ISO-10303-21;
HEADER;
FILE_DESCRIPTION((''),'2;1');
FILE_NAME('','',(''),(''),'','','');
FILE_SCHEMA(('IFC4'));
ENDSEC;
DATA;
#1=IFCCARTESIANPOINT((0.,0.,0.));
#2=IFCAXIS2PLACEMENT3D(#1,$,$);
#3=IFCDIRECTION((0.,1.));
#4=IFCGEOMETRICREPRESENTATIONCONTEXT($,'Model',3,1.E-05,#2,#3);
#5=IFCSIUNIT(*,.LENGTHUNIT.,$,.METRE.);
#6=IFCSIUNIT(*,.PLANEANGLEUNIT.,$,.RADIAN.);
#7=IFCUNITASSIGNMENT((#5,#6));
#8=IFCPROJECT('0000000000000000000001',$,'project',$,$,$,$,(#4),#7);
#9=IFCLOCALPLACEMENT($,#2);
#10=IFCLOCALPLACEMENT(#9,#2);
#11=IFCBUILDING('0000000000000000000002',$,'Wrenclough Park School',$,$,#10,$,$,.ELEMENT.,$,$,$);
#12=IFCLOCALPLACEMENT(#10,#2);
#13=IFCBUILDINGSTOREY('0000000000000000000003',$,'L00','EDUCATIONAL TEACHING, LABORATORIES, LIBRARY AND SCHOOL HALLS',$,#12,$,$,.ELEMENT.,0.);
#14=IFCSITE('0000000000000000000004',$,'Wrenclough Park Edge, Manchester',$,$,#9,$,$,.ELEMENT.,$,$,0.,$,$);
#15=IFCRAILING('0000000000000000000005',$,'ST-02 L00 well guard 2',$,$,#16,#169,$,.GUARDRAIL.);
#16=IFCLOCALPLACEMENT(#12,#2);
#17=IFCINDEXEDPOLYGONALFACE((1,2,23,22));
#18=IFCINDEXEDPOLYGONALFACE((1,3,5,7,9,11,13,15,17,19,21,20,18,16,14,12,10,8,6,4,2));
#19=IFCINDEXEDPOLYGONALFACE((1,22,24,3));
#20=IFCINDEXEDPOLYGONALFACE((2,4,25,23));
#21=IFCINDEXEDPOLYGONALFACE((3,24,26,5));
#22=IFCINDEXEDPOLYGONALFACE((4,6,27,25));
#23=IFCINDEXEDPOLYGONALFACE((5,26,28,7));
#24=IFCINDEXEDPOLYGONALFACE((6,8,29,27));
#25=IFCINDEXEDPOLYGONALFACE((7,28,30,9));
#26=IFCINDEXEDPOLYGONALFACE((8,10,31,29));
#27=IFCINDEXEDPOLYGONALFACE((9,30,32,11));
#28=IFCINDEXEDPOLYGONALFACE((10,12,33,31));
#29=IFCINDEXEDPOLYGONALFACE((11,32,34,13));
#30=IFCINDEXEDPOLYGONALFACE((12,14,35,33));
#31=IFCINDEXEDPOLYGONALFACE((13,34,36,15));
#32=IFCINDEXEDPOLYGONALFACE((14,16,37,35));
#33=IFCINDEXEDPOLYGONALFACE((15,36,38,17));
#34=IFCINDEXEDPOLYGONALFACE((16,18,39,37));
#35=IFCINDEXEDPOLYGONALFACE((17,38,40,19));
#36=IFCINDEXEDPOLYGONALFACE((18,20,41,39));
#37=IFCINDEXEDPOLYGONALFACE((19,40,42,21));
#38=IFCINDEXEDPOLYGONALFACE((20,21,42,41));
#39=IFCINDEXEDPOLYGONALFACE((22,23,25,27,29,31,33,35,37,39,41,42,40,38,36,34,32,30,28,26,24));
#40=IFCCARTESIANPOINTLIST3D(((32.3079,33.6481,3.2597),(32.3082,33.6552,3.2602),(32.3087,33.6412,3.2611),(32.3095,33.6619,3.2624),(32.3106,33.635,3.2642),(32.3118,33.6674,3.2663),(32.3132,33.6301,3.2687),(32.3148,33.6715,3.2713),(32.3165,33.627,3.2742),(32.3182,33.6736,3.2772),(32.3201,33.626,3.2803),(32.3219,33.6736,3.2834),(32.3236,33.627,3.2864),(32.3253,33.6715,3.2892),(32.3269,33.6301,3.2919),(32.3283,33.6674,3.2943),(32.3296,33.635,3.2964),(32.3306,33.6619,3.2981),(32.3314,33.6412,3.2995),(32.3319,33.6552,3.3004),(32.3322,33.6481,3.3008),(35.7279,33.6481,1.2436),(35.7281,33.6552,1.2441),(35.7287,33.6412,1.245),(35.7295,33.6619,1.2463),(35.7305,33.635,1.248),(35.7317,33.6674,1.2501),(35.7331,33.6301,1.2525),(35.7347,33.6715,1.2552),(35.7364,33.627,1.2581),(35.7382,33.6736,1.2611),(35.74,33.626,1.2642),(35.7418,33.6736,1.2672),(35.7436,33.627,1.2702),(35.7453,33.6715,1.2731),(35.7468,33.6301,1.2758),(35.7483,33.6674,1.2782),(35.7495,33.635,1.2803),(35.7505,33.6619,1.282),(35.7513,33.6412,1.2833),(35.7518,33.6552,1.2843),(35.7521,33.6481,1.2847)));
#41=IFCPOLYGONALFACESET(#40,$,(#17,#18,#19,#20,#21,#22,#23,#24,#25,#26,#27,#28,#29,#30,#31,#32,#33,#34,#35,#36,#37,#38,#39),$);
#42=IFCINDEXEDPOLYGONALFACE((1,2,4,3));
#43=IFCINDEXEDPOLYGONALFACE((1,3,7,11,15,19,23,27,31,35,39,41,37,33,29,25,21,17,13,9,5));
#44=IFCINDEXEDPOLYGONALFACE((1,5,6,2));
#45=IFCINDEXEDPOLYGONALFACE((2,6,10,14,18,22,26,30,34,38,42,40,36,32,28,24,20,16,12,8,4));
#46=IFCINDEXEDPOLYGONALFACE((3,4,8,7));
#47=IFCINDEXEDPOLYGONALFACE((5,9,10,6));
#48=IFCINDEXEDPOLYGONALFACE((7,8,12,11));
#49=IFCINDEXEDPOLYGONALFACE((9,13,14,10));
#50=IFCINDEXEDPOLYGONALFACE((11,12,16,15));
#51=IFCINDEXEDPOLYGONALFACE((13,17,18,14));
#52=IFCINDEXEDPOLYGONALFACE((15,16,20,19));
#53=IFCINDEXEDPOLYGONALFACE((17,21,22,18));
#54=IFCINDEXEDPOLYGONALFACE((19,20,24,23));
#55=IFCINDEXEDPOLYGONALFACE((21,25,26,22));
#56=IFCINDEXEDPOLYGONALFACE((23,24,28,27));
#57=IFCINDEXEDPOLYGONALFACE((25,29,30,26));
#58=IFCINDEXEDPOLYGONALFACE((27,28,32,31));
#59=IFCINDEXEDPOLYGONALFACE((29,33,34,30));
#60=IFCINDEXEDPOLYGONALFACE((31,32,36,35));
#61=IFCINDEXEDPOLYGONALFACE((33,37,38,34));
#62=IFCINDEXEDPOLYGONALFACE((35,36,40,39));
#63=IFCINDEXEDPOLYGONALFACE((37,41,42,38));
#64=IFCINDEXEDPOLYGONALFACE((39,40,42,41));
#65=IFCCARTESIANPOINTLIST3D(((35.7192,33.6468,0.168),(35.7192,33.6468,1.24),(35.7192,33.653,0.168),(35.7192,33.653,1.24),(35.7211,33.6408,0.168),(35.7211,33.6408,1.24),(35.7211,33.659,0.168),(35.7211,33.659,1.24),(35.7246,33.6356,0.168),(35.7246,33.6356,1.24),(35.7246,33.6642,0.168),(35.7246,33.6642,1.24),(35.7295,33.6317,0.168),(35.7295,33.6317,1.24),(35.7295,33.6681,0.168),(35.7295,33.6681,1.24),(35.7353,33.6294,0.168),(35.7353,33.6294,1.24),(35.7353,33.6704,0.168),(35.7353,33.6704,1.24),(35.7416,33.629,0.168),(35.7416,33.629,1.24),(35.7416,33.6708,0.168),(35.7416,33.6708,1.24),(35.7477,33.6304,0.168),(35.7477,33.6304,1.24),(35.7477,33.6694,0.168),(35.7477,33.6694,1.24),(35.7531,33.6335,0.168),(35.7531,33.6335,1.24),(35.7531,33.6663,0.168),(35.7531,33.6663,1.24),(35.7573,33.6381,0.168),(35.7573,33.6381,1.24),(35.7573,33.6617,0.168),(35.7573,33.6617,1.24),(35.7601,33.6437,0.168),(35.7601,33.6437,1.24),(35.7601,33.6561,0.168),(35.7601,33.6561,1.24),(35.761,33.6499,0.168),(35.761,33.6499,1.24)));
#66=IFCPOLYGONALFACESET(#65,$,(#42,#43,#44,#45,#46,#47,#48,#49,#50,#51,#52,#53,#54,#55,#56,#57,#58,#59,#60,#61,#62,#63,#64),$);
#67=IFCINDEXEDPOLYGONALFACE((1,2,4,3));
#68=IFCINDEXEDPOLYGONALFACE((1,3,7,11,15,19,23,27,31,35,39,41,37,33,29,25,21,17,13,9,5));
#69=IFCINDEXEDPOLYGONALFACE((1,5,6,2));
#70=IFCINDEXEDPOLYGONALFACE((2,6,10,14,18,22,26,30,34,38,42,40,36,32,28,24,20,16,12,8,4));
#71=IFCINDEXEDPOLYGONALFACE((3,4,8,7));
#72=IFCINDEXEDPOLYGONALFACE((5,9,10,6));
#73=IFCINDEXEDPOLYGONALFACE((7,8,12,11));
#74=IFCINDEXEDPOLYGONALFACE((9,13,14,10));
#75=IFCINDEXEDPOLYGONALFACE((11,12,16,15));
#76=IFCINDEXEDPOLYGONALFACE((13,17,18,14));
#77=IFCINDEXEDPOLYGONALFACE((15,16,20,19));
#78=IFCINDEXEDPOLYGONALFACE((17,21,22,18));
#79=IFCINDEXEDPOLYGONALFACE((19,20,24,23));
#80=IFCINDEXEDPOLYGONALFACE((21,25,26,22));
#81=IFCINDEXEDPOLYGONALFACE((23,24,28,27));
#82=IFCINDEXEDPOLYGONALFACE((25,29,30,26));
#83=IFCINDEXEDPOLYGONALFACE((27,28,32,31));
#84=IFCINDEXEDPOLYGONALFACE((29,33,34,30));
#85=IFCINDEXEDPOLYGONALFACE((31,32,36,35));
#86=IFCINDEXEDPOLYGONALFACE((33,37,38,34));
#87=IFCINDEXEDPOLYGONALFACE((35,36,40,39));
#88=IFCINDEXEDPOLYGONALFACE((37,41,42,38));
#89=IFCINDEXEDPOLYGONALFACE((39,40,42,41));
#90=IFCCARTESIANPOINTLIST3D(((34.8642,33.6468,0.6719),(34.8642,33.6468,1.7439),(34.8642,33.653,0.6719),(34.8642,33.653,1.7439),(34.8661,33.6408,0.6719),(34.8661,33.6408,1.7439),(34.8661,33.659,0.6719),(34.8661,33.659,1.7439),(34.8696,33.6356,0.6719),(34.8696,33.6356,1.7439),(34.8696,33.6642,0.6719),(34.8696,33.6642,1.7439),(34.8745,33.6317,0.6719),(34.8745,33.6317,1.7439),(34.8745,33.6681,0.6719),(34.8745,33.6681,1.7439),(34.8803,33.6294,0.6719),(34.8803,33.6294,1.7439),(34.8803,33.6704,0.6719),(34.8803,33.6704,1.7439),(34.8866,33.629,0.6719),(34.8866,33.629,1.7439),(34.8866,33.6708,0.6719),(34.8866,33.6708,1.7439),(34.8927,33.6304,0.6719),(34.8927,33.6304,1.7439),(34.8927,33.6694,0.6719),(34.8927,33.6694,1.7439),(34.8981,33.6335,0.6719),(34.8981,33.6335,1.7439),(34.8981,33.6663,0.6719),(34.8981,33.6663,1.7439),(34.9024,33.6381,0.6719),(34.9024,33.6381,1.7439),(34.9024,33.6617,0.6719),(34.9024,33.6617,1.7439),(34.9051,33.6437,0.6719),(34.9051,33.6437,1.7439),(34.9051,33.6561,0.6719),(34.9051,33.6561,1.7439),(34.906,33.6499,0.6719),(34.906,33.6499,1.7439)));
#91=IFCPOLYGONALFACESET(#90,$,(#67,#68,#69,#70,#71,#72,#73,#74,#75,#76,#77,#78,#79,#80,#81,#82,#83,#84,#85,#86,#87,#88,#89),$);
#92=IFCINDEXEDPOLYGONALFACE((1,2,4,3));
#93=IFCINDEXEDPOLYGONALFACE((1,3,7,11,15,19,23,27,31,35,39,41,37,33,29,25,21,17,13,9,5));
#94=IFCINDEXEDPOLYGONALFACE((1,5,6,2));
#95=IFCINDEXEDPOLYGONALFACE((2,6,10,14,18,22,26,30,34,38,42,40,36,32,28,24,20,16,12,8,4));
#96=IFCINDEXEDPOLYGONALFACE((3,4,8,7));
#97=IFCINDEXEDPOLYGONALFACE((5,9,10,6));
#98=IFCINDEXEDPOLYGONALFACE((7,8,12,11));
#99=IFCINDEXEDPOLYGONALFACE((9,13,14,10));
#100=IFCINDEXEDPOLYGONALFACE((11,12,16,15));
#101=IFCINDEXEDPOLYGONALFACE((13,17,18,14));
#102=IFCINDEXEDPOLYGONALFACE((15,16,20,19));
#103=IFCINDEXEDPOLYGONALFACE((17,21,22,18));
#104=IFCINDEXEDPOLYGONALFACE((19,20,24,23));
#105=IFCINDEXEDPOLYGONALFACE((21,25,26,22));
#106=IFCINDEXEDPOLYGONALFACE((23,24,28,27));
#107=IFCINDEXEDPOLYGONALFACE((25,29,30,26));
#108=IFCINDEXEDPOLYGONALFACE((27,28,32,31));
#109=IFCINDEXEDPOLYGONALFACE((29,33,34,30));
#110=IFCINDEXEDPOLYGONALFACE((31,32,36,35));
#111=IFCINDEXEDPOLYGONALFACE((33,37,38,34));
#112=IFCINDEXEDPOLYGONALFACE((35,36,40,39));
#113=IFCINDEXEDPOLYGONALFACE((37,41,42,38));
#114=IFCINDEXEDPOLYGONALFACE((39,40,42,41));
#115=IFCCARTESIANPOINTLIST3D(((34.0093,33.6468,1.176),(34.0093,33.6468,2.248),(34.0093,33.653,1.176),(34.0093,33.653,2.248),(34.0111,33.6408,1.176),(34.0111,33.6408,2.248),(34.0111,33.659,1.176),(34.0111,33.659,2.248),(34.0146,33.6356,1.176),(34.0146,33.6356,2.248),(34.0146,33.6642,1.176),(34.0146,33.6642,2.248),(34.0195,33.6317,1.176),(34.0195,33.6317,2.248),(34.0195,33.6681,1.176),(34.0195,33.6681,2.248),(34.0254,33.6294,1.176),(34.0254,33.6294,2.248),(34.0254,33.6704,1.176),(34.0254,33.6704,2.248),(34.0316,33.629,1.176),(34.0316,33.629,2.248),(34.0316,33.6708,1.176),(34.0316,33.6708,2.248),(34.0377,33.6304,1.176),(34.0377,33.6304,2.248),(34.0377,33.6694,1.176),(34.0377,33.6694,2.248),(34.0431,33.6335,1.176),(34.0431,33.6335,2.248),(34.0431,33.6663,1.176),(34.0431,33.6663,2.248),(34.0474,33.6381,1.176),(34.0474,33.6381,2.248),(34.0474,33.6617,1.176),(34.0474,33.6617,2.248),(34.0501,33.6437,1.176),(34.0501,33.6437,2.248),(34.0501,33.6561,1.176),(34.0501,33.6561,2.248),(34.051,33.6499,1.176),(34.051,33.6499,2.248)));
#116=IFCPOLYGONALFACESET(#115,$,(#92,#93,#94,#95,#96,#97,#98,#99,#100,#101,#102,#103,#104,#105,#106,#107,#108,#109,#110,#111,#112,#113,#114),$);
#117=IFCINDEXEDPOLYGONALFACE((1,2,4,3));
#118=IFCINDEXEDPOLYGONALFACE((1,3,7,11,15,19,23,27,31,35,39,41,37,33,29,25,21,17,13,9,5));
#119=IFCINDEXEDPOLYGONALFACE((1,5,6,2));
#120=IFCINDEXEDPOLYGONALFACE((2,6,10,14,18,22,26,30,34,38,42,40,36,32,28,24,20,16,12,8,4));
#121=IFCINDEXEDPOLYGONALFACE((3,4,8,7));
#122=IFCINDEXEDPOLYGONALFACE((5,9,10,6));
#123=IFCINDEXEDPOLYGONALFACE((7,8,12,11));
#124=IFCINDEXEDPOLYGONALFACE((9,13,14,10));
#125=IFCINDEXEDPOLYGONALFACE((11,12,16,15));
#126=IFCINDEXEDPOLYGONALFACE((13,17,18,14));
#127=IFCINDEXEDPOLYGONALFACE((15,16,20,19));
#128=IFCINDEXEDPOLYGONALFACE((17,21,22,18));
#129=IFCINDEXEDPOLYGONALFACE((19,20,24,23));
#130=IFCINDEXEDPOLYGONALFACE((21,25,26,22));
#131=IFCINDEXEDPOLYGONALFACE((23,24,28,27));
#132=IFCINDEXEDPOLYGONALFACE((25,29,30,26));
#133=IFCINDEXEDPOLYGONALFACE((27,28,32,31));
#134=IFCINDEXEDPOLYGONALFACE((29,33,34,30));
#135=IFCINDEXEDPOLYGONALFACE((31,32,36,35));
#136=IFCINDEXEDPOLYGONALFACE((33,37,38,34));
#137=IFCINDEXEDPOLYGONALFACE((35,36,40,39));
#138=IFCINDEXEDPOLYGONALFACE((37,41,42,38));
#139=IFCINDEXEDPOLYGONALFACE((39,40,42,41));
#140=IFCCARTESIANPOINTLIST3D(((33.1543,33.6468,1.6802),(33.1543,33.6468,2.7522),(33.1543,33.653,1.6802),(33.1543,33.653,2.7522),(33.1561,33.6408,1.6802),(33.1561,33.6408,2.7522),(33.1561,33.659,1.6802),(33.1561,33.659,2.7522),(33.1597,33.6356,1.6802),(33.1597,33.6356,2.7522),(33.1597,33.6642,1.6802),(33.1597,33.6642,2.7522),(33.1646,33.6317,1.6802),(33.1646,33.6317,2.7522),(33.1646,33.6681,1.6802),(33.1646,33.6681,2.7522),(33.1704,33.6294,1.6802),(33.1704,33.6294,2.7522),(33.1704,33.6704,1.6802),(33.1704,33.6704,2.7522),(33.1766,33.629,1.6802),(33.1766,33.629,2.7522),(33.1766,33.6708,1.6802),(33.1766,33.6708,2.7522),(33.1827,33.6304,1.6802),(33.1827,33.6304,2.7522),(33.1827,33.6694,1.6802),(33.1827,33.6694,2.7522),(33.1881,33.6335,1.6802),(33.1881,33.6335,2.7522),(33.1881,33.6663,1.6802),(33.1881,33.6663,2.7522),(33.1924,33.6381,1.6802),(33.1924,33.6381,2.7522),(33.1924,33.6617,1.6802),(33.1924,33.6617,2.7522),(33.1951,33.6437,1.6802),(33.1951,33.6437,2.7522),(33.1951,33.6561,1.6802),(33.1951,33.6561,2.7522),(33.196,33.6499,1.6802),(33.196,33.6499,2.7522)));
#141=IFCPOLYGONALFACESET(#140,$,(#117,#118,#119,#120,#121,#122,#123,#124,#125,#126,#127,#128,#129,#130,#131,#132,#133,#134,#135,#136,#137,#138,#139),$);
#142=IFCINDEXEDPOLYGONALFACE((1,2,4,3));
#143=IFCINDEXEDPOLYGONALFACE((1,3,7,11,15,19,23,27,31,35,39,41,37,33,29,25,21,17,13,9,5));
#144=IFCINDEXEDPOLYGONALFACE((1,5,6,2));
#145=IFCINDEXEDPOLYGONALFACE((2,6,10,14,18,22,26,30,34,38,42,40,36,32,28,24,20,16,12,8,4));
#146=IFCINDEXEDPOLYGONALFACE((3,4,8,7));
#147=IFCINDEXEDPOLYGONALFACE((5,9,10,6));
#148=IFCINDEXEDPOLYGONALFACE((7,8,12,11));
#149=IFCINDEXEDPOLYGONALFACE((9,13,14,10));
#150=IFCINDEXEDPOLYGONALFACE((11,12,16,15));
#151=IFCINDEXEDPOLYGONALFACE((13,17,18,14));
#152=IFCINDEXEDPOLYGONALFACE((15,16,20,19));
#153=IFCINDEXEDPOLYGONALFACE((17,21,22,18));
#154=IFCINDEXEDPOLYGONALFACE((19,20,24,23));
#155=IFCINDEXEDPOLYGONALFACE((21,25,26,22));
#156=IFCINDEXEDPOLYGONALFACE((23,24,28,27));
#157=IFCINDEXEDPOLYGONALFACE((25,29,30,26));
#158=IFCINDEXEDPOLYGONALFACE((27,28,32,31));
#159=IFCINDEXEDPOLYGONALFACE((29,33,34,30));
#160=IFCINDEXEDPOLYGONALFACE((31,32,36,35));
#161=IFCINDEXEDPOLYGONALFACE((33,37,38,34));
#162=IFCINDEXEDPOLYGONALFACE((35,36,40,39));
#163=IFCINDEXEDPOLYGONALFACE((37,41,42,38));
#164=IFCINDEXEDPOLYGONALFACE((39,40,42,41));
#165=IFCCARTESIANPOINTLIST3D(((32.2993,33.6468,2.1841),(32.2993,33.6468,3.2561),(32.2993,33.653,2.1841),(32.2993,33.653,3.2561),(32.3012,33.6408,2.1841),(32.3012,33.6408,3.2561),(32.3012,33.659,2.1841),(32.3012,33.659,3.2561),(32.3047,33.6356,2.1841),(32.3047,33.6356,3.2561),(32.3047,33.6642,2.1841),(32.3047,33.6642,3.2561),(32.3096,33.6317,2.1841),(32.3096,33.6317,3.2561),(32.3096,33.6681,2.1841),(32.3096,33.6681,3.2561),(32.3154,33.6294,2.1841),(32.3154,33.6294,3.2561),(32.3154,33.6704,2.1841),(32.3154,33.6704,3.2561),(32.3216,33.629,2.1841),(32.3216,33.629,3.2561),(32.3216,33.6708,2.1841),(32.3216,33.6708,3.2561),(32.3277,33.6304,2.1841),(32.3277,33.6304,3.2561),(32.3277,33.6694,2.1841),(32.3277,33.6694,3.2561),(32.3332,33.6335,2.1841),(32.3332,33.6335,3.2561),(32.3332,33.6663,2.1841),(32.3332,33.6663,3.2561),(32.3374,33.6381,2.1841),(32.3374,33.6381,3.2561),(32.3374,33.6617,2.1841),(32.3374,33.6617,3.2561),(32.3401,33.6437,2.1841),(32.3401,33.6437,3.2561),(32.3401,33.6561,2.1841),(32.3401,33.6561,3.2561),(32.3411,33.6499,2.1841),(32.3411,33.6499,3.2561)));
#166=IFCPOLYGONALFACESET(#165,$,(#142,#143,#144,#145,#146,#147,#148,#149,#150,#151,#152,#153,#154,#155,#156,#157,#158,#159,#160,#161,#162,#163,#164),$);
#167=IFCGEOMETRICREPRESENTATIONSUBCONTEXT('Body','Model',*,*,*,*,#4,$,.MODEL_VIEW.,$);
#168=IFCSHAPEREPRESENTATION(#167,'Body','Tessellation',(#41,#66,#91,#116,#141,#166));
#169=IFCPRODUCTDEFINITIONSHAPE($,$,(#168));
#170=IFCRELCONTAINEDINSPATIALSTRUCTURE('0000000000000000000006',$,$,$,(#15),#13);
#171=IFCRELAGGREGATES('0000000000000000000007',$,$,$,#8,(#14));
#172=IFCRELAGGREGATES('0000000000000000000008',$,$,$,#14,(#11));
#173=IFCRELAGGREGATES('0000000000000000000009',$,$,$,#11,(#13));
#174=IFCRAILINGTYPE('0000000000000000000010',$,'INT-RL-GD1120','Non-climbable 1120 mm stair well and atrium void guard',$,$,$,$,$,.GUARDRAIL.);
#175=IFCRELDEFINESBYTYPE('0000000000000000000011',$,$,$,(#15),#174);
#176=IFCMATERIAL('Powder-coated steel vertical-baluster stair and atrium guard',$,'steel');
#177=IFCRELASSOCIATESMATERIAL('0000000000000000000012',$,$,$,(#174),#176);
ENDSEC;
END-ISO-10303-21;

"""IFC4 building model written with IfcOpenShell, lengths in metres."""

from ifc_helpers import new_model, si_unit, direction, frame, origin, origin_2d, place, context, subcontext, project, spatial, circle, extrude, material, type_object, element, save


model = new_model("IFC4")

# Units and contexts
model_context = context("Model", 3, precision=1e-05, world=origin(), true_north=direction((0.0, 1.0)))
body_context = subcontext(model_context, "Body", "Model", "MODEL_VIEW")
ifc_project = project(units=[si_unit("LENGTHUNIT", "METRE"), si_unit("PLANEANGLEUNIT", "RADIAN")], contexts=[model_context])

# Site, building, storey
site_placement = place(None, origin())
site = spatial("IfcSite", under=ifc_project, at=site_placement, Name="Wrenclough Park Edge, Manchester", CompositionType="ELEMENT", RefElevation=0.0)
building_placement = place(site_placement, origin())
building = spatial("IfcBuilding", under=site, at=building_placement, Name="Wrenclough Park School", CompositionType="ELEMENT")
storey_placement = place(building_placement, origin())
storey = spatial("IfcBuildingStorey", under=building, at=storey_placement, Name="L00", Description="EDUCATIONAL TEACHING, LABORATORIES, LIBRARY AND SCHOOL HALLS", CompositionType="ELEMENT", Elevation=0.0)

# Railing
ifc_material_1 = material(Name="Powder-coated steel vertical-baluster stair and atrium guard", Category="steel")
railing_type_1 = type_object("IfcRailingType", Name="INT-RL-GD1120", Description="Non-climbable 1120 mm stair well and atrium void guard", PredefinedType="GUARDRAIL", material=ifc_material_1)
railing_1_placement = place(storey_placement, frame((35.74, 33.6499, 0.168)))
element("IfcRailing", 1, at=railing_1_placement, inside=storey, type_object=railing_type_1, Name="ST-02 L00 well guard 2", PredefinedType="GUARDRAIL", context=body_context, shape_type="SweptSolid", body=[
    extrude(circle(Radius=0.0239, at=origin_2d()), frame((0.0, 0.0, 1.0962), z_axis=(-0.86145, 0.0, 0.507842), x_axis=(0.0, -1.0, 0.0)), (0.0, 0.0, 1.0), 3.97),
    extrude(circle(Radius=0.021, at=origin_2d()), origin(), (0.0, 0.0, 1.0), 1.072),
    extrude(circle(Radius=0.021, at=origin_2d()), frame((-0.855, 0.0, 0.5039)), (0.0, 0.0, 1.0), 1.072),
    extrude(circle(Radius=0.021, at=origin_2d()), frame((-1.71, 0.0, 1.0081)), (0.0, 0.0, 1.0), 1.072),
    extrude(circle(Radius=0.021, at=origin_2d()), frame((-2.5649, 0.0, 1.5122)), (0.0, 0.0, 1.0), 1.072),
    extrude(circle(Radius=0.021, at=origin_2d()), frame((-3.4199, 0.0, 2.0161)), (0.0, 0.0, 1.0), 1.072),
])

save(model, "model.ifc")
